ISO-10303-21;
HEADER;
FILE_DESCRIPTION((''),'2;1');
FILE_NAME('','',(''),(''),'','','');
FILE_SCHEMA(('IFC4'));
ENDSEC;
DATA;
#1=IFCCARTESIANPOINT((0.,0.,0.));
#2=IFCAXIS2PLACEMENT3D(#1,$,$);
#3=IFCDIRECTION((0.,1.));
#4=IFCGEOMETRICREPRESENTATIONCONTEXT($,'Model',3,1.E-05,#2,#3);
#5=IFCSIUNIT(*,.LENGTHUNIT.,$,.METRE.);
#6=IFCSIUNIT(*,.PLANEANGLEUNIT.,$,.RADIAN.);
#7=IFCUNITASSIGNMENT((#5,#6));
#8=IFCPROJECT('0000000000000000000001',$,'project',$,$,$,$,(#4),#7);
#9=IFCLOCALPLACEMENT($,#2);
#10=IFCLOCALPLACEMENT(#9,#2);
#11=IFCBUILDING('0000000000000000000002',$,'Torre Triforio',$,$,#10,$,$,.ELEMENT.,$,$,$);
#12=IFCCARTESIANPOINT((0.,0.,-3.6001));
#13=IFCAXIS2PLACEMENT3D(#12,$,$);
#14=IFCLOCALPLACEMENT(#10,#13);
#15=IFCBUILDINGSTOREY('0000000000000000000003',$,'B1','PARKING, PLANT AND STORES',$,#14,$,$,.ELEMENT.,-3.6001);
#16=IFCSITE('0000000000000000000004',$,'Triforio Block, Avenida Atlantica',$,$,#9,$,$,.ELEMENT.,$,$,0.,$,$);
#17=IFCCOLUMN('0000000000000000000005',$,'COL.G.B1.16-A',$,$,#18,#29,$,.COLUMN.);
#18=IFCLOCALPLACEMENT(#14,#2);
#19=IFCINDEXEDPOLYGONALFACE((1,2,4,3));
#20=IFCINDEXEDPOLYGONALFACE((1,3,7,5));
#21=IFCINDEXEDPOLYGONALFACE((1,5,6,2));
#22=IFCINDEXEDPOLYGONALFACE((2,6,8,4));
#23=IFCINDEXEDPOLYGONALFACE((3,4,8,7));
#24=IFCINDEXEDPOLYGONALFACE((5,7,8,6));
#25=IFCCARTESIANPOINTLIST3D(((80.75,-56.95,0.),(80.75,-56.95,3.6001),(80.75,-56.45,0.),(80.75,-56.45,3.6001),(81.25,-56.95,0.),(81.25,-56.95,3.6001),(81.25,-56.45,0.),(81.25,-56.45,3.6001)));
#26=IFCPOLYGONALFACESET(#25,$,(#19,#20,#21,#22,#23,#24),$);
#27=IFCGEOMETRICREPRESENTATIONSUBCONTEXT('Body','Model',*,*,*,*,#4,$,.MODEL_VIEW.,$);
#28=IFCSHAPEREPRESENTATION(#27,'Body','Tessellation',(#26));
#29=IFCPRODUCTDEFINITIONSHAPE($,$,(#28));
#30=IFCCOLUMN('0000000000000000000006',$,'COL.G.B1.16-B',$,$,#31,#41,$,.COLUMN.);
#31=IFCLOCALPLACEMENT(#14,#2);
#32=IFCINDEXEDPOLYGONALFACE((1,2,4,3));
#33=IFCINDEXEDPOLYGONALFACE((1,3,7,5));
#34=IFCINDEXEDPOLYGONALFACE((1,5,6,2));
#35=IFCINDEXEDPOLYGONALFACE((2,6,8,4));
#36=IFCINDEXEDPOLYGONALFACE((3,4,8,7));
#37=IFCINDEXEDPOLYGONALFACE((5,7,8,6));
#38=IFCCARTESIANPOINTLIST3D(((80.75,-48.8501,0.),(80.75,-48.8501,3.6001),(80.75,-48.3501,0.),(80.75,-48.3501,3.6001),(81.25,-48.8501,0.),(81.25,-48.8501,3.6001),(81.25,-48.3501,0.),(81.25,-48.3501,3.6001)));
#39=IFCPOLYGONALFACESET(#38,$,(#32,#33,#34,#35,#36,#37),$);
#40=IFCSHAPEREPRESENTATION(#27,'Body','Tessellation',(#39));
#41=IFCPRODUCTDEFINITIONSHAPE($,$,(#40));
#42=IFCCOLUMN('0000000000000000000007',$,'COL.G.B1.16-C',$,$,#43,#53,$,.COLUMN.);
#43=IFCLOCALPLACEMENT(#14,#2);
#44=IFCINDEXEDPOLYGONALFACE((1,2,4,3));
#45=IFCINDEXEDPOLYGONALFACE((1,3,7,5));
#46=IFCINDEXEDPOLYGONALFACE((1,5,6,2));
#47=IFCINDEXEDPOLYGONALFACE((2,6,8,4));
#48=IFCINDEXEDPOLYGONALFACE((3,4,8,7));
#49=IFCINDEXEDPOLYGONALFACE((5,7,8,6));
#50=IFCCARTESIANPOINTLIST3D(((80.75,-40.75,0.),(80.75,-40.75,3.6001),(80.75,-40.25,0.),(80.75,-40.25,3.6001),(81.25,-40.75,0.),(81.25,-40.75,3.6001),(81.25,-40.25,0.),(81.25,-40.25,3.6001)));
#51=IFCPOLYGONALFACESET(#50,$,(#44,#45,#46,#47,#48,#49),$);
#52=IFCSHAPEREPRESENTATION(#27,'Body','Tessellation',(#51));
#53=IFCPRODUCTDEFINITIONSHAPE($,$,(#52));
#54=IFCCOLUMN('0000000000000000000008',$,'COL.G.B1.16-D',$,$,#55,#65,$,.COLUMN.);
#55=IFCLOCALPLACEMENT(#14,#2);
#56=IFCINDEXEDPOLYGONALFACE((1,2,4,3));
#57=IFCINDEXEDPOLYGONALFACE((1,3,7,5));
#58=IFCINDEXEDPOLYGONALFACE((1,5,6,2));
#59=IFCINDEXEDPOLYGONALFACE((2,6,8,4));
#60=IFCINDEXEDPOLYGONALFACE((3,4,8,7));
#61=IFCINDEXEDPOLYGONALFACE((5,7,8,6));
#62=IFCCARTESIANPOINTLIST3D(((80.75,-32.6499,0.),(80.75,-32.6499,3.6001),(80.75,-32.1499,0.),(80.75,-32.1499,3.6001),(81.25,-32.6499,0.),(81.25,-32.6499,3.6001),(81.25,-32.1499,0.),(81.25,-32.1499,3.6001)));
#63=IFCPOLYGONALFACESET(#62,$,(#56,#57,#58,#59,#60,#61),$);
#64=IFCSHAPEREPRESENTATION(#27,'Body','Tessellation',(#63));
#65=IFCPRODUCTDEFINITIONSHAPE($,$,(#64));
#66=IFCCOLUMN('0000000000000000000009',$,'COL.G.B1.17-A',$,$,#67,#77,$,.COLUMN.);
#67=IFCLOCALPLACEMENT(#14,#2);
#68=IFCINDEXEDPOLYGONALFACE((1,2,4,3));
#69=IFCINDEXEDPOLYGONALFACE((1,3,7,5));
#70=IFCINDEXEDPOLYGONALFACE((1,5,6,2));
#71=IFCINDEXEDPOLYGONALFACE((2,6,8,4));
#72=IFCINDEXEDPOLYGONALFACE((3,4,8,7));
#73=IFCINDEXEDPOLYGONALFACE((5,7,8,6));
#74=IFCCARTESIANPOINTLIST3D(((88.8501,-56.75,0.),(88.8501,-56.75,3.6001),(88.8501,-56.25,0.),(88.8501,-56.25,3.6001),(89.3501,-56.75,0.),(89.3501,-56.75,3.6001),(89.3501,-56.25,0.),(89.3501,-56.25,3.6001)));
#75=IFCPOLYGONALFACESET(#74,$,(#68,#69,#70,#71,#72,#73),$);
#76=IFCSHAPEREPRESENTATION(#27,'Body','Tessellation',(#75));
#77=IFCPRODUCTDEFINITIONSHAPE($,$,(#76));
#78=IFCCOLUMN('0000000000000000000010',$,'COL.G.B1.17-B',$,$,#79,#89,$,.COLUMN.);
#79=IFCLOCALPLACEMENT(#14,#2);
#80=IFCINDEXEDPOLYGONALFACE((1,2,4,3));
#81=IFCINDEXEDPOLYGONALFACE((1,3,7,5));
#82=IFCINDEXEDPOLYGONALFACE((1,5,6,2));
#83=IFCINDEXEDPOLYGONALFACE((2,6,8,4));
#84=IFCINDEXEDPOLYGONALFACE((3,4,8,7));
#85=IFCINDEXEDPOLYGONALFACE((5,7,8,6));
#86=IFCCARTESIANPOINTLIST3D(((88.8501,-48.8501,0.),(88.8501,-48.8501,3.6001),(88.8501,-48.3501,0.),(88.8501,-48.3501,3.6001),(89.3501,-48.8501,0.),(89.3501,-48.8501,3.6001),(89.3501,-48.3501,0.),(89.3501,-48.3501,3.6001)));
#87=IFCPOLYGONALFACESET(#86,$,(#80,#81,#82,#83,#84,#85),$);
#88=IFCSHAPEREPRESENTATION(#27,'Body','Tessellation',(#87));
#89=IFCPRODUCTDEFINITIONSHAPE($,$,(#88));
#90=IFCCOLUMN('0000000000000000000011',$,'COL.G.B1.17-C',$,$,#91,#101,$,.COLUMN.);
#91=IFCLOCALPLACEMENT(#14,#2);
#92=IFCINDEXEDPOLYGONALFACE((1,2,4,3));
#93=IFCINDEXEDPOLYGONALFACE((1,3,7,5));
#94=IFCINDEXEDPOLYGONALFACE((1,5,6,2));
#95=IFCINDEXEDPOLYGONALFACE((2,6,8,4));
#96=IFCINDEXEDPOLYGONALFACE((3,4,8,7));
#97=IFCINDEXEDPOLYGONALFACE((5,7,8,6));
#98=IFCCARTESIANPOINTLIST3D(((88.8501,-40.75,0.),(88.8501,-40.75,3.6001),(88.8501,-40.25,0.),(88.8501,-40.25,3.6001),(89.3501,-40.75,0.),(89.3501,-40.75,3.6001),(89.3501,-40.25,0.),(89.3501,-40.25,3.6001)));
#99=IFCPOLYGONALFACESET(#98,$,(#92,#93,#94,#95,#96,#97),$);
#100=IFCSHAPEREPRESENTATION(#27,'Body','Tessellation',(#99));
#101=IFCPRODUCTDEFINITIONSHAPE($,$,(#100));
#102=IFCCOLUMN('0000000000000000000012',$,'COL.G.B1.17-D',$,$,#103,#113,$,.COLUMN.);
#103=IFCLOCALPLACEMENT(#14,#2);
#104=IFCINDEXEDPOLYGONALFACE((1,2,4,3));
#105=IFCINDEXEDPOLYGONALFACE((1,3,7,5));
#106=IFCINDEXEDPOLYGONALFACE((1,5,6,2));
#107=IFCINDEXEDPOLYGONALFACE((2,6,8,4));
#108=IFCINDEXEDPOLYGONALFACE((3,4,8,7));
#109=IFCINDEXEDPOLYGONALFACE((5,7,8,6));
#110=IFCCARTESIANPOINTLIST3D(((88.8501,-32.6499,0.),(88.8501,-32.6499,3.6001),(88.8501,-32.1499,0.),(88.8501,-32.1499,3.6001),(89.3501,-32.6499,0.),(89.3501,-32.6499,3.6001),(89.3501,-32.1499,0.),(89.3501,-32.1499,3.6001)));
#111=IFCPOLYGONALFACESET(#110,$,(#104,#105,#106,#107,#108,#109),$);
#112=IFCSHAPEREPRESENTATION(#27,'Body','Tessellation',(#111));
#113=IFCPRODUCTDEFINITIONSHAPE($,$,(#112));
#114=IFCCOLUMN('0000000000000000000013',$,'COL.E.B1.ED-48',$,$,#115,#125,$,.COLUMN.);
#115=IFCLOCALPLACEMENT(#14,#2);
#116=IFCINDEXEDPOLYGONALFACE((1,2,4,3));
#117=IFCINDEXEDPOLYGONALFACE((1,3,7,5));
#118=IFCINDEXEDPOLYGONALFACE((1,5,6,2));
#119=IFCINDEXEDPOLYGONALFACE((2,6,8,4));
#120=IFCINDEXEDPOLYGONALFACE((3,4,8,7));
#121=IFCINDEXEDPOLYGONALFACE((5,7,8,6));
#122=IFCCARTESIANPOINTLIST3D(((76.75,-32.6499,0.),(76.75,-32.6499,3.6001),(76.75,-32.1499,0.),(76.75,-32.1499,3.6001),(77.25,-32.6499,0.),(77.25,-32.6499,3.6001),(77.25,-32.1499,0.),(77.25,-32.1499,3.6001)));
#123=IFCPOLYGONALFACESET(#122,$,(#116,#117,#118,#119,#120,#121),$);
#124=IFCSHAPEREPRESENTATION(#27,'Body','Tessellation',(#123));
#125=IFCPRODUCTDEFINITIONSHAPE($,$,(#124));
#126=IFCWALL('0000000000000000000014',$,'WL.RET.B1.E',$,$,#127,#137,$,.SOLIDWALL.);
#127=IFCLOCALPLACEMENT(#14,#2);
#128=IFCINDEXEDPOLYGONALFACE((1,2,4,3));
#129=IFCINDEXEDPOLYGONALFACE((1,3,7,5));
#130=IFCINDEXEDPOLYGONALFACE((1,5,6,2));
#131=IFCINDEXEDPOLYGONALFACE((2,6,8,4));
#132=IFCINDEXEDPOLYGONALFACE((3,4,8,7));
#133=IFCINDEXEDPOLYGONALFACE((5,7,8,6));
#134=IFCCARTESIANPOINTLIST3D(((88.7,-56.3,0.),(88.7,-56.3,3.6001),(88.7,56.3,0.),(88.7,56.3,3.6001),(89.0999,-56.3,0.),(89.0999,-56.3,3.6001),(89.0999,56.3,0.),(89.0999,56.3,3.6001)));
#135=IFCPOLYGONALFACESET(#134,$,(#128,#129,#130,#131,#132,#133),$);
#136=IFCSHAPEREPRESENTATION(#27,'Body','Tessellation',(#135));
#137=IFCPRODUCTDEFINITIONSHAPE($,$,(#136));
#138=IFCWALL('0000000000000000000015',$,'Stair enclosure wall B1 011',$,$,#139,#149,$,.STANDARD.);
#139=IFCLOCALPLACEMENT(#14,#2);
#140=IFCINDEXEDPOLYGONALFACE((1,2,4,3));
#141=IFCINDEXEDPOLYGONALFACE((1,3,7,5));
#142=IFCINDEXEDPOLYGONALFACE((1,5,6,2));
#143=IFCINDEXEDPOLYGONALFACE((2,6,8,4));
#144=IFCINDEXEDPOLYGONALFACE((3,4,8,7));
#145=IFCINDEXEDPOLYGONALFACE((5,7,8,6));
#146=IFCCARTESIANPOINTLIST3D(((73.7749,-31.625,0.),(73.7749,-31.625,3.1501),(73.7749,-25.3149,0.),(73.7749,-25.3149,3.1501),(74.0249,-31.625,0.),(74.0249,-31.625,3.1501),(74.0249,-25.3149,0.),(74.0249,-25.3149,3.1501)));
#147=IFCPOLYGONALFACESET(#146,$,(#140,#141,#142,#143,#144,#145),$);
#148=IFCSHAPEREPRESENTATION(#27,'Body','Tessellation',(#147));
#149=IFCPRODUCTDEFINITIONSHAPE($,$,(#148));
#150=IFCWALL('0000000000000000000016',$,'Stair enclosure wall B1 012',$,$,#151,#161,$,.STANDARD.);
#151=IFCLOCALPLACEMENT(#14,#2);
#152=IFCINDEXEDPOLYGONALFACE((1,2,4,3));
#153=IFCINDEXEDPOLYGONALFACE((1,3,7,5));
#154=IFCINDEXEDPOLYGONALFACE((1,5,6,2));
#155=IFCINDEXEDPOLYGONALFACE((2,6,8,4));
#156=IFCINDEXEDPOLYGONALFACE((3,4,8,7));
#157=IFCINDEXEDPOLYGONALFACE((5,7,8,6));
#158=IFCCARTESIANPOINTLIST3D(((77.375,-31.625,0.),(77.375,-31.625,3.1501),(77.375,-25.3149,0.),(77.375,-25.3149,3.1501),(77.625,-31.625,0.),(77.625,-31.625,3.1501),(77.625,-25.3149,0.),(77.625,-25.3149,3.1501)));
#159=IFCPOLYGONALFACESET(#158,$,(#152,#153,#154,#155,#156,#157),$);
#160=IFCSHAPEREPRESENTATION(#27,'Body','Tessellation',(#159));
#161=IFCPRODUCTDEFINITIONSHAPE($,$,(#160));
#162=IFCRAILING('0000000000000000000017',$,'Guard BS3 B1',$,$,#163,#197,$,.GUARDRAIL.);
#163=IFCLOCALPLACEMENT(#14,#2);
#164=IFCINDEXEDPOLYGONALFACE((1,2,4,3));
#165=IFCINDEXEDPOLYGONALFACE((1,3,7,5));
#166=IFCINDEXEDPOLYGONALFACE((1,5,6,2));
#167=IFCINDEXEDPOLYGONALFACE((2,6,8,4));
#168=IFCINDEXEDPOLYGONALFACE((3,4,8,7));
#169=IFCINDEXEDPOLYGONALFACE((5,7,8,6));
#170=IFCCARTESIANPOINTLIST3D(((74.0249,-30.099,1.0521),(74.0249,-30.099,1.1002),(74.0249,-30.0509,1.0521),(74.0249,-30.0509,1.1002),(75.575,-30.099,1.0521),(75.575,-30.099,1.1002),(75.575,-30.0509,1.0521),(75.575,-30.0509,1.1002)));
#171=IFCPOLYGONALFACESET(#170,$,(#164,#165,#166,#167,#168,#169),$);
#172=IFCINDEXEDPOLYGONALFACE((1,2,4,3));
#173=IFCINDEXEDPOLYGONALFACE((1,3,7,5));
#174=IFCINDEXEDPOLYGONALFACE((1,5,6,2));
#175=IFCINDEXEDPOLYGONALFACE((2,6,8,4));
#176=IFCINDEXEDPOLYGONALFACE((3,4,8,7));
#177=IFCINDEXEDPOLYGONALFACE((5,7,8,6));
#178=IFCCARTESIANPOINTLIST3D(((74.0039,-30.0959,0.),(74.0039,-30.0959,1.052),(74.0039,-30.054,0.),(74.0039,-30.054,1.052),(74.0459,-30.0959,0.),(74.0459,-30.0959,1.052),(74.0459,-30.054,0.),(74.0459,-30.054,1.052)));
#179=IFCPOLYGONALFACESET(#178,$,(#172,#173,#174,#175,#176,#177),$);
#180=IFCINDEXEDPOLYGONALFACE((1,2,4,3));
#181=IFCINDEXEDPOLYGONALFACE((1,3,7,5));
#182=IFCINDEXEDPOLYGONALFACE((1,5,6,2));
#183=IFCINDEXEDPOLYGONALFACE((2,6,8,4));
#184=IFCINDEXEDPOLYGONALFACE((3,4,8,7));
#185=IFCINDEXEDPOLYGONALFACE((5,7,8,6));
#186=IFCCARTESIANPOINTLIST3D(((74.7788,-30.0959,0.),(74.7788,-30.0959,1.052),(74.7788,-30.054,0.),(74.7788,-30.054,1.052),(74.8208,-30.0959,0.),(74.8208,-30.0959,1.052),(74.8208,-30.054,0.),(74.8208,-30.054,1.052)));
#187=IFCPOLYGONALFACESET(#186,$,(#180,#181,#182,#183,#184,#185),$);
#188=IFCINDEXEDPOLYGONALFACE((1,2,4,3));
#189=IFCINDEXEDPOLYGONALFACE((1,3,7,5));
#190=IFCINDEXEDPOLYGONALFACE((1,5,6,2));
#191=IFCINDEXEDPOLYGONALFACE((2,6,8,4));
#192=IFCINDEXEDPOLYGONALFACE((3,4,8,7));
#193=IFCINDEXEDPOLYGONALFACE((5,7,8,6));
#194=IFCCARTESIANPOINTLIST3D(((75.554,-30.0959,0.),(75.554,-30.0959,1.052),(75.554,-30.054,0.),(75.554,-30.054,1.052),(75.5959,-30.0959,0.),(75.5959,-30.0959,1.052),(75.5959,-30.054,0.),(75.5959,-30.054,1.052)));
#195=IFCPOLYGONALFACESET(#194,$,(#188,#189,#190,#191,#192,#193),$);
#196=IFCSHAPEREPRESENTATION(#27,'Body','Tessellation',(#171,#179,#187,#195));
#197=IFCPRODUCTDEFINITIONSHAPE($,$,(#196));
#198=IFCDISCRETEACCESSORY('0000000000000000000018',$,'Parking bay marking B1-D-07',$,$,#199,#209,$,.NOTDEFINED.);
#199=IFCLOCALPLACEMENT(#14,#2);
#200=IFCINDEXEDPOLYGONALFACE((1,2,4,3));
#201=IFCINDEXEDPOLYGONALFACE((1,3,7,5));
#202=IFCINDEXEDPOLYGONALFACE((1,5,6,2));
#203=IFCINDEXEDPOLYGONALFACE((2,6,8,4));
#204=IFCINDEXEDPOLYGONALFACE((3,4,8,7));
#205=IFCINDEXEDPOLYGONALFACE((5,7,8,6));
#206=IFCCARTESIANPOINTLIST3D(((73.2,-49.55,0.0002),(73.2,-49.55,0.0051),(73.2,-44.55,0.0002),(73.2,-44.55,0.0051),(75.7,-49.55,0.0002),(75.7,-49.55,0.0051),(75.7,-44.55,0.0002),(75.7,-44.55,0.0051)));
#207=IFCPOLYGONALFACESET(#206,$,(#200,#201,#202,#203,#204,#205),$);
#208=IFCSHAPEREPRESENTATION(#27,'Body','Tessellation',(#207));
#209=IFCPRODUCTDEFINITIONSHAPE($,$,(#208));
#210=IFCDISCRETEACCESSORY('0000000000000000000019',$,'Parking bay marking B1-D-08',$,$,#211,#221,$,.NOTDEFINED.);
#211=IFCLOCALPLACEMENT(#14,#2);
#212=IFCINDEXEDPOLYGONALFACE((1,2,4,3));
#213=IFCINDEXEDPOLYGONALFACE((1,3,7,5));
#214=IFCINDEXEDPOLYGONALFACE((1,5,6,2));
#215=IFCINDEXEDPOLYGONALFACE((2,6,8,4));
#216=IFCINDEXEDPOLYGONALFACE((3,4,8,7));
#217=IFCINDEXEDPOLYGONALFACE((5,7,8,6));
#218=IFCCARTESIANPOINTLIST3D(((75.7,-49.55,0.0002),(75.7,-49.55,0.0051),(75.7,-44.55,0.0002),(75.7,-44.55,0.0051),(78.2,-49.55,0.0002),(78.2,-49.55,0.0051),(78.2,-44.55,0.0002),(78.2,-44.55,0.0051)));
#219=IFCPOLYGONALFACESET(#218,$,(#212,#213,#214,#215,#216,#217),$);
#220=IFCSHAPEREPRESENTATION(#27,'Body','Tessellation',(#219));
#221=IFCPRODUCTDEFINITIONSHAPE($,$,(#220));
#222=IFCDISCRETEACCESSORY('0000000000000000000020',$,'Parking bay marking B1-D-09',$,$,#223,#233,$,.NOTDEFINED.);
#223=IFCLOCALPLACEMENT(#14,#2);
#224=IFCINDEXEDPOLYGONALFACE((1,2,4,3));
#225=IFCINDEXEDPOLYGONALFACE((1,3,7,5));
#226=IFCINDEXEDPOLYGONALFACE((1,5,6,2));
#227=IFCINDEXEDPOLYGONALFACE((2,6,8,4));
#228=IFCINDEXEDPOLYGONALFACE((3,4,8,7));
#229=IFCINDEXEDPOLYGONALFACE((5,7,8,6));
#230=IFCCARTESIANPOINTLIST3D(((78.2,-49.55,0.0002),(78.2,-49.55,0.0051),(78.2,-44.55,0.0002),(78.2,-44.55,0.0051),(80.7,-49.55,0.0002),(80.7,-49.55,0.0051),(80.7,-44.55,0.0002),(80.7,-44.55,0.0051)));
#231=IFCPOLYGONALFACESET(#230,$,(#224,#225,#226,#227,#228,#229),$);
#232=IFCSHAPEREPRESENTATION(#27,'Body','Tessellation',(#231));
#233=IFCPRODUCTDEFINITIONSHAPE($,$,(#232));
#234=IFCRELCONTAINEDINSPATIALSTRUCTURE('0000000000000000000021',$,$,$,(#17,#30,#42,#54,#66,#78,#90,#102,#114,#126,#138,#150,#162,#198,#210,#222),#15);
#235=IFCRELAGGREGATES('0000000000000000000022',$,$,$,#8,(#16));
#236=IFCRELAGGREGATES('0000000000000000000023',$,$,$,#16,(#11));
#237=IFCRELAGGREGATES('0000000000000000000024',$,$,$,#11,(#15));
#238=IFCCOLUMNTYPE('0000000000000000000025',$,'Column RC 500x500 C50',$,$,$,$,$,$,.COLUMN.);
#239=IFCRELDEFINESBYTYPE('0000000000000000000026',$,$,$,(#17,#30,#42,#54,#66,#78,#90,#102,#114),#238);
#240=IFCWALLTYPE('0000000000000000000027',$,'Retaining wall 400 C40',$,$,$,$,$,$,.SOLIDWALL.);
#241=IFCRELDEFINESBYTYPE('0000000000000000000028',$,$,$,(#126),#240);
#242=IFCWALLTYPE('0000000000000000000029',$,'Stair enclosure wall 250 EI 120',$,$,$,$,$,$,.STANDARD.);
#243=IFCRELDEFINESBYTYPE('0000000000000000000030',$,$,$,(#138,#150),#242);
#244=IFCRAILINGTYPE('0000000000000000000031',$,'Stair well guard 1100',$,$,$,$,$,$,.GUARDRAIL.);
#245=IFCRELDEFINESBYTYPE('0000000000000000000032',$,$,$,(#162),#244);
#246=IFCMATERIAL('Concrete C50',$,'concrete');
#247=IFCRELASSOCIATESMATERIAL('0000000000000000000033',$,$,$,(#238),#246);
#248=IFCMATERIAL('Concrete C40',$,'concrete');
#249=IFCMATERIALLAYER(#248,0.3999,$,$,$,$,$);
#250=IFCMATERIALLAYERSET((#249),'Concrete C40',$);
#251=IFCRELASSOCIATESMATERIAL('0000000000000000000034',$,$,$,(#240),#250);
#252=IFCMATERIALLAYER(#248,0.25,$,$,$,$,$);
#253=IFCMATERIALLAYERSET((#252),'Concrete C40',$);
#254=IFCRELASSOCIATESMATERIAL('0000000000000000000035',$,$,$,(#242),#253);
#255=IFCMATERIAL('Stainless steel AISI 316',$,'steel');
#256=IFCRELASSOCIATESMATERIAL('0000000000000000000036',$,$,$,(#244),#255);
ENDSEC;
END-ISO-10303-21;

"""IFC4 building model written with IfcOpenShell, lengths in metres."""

from ifc_helpers import new_model, si_unit, direction, frame, frame_2d, origin, origin_2d, place, context, subcontext, project, spatial, rectangle, extrude, material, layer, layer_set, material_profile, profile_set, type_object, element, save


model = new_model("IFC4")

# Units and contexts
model_context = context("Model", 3, precision=1e-05, world=origin(), true_north=direction((0.0, 1.0)))
body_context = subcontext(model_context, "Body", "Model", "MODEL_VIEW")
ifc_project = project(units=[si_unit("LENGTHUNIT", "METRE"), si_unit("PLANEANGLEUNIT", "RADIAN")], contexts=[model_context])

# Site, building, storey
site_placement = place(None, origin())
site = spatial("IfcSite", under=ifc_project, at=site_placement, Name="Triforio Block, Avenida Atlantica", CompositionType="ELEMENT", RefElevation=0.0)
building_placement = place(site_placement, origin())
building = spatial("IfcBuilding", under=site, at=building_placement, Name="Torre Triforio", CompositionType="ELEMENT")
storey_placement = place(building_placement, frame((0.0, 0.0, -3.6001)))
storey = spatial("IfcBuildingStorey", under=building, at=storey_placement, Name="B1", Description="PARKING, PLANT AND STORES", CompositionType="ELEMENT", Elevation=-3.6001)

# Columns
ifc_material_1 = material(Name="Concrete C50", Category="concrete")
ifc_material_profile = material_profile(ifc_material_1, rectangle(XDim=0.5, YDim=0.5, at=origin_2d()), Name="RC 500x500")
ifc_profile_set = profile_set([ifc_material_profile], Name="Concrete C50")
column_type = type_object("IfcColumnType", Name="Column RC 500x500 C50", PredefinedType="COLUMN", material=ifc_profile_set)
for number, where, z_axis, x_axis, name in (
    (1, (81.0, -56.7, 0.0), (0.0, 0.0, 1.0), (1.0, 0.0, 0.0), "COL.G.B1.16-A"),
    (2, (81.0, -48.6001, 0.0), (0.0, 0.0, 1.0), (1.0, 0.0, 0.0), "COL.G.B1.16-B"),
    (3, (81.0, -40.5, 0.0), (0.0, 0.0, 1.0), (1.0, 0.0, 0.0), "COL.G.B1.16-C"),
    (4, (81.0, -32.3999, 0.0), (0.0, 0.0, 1.0), (1.0, 0.0, 0.0), "COL.G.B1.16-D"),
    (5, (89.1001, -56.5, 0.0), (0.0, 0.0, 1.0), (1.0, 0.0, 0.0), "COL.G.B1.17-A"),
    (6, (89.1001, -48.6001, 0.0), (0.0, 0.0, 1.0), (1.0, 0.0, 0.0), "COL.G.B1.17-B"),
    (7, (89.1001, -40.5, 0.0), (0.0, 0.0, 1.0), (1.0, 0.0, 0.0), "COL.G.B1.17-C"),
    (8, (89.1001, -32.3999, 0.0), (0.0, 0.0, 1.0), (1.0, 0.0, 0.0), "COL.G.B1.17-D"),
    (9, (77.0, -32.3999, 0.0), (0.0, 0.0, 1.0), (1.0, 0.0, 0.0), "COL.E.B1.ED-48"),
):
    element("IfcColumn", number, at=place(storey_placement, frame(where, z_axis=z_axis, x_axis=x_axis)), inside=storey, type_object=column_type, Name=name, PredefinedType="COLUMN", context=body_context, shape_type="SweptSolid", body=[
        extrude(rectangle(XDim=0.5, YDim=0.5, at=origin_2d()), origin(), (0.0, 0.0, 1.0), 3.6001),
    ])

# Walls
ifc_material_2 = material(Name="Concrete C40", Category="concrete")
ifc_layer_1 = layer(ifc_material_2, 0.3999)
ifc_layer_set_1 = layer_set([ifc_layer_1], Name="Concrete C40")
wall_type_1 = type_object("IfcWallType", Name="Retaining wall 400 C40", PredefinedType="SOLIDWALL", material=ifc_layer_set_1)
wall_placement = place(storey_placement, frame((88.8999, -56.3, 0.0), z_axis=(0.0, 0.0, 1.0), x_axis=(0.0, 1.0, 0.0)))
element("IfcWall", 10, at=wall_placement, inside=storey, type_object=wall_type_1, Name="WL.RET.B1.E", PredefinedType="SOLIDWALL", context=body_context, shape_type="SweptSolid", body=[
    extrude(rectangle(XDim=112.6001, YDim=0.3999, at=frame_2d((56.3, 0.0))), origin(), (0.0, 0.0, 1.0), 3.6001),
])
ifc_layer_2 = layer(ifc_material_2, 0.25)
ifc_layer_set_2 = layer_set([ifc_layer_2], Name="Concrete C40")
wall_type_2 = type_object("IfcWallType", Name="Stair enclosure wall 250 EI 120", PredefinedType="STANDARD", material=ifc_layer_set_2)
for number, where, z_axis, x_axis, name in (
    (11, (73.8999, -31.625, 0.0), (0.0, 0.0, 1.0), (0.0, 1.0, 0.0), "Stair enclosure wall B1 011"),
    (12, (77.5, -31.625, 0.0), (0.0, 0.0, 1.0), (0.0, 1.0, 0.0), "Stair enclosure wall B1 012"),
):
    element("IfcWall", number, at=place(storey_placement, frame(where, z_axis=z_axis, x_axis=x_axis)), inside=storey, type_object=wall_type_2, Name=name, PredefinedType="STANDARD", context=body_context, shape_type="SweptSolid", body=[
        extrude(rectangle(XDim=6.3101, YDim=0.25, at=frame_2d((3.155, 0.0))), origin(), (0.0, 0.0, 1.0), 3.1501),
    ])

# Railing
ifc_material_3 = material(Name="Stainless steel AISI 316", Category="steel")
railing_type = type_object("IfcRailingType", Name="Stair well guard 1100", PredefinedType="GUARDRAIL", material=ifc_material_3)
railing_placement = place(storey_placement, frame((74.0249, -30.075, 0.0)))
element("IfcRailing", 13, at=railing_placement, inside=storey, type_object=railing_type, Name="Guard BS3 B1", PredefinedType="GUARDRAIL", context=body_context, shape_type="SweptSolid", body=[
    extrude(rectangle(XDim=0.0481, YDim=0.0481, at=origin_2d()), frame((0.0, 0.0, 1.0762), z_axis=(1.0, 0.0, 0.0), x_axis=(0.0, 1.0, 0.0)), (0.0, 0.0, 1.0), 1.55),
    extrude(rectangle(XDim=0.042, YDim=0.042, at=origin_2d()), origin(), (0.0, 0.0, 1.0), 1.052),
    extrude(rectangle(XDim=0.042, YDim=0.042, at=origin_2d()), frame((0.7749, 0.0, 0.0)), (0.0, 0.0, 1.0), 1.052),
    extrude(rectangle(XDim=0.042, YDim=0.042, at=origin_2d()), frame((1.55, 0.0, 0.0)), (0.0, 0.0, 1.0), 1.052),
])

# Discrete accessories
for number, where, z_axis, x_axis, name in (
    (14, (74.45, -47.05, 0.0002), (0.0, 0.0, 1.0), (1.0, 0.0, 0.0), "Parking bay marking B1-D-07"),
    (15, (76.95, -47.05, 0.0002), (0.0, 0.0, 1.0), (1.0, 0.0, 0.0), "Parking bay marking B1-D-08"),
    (16, (79.45, -47.05, 0.0002), (0.0, 0.0, 1.0), (1.0, 0.0, 0.0), "Parking bay marking B1-D-09"),
):
    element("IfcDiscreteAccessory", number, at=place(storey_placement, frame(where, z_axis=z_axis, x_axis=x_axis)), inside=storey, Name=name, PredefinedType="NOTDEFINED", context=body_context, shape_type="SweptSolid", body=[
        extrude(rectangle(XDim=2.5, YDim=5.0, at=origin_2d()), origin(), (0.0, 0.0, 1.0), 0.0049),
    ])

save(model, "model.ifc")
